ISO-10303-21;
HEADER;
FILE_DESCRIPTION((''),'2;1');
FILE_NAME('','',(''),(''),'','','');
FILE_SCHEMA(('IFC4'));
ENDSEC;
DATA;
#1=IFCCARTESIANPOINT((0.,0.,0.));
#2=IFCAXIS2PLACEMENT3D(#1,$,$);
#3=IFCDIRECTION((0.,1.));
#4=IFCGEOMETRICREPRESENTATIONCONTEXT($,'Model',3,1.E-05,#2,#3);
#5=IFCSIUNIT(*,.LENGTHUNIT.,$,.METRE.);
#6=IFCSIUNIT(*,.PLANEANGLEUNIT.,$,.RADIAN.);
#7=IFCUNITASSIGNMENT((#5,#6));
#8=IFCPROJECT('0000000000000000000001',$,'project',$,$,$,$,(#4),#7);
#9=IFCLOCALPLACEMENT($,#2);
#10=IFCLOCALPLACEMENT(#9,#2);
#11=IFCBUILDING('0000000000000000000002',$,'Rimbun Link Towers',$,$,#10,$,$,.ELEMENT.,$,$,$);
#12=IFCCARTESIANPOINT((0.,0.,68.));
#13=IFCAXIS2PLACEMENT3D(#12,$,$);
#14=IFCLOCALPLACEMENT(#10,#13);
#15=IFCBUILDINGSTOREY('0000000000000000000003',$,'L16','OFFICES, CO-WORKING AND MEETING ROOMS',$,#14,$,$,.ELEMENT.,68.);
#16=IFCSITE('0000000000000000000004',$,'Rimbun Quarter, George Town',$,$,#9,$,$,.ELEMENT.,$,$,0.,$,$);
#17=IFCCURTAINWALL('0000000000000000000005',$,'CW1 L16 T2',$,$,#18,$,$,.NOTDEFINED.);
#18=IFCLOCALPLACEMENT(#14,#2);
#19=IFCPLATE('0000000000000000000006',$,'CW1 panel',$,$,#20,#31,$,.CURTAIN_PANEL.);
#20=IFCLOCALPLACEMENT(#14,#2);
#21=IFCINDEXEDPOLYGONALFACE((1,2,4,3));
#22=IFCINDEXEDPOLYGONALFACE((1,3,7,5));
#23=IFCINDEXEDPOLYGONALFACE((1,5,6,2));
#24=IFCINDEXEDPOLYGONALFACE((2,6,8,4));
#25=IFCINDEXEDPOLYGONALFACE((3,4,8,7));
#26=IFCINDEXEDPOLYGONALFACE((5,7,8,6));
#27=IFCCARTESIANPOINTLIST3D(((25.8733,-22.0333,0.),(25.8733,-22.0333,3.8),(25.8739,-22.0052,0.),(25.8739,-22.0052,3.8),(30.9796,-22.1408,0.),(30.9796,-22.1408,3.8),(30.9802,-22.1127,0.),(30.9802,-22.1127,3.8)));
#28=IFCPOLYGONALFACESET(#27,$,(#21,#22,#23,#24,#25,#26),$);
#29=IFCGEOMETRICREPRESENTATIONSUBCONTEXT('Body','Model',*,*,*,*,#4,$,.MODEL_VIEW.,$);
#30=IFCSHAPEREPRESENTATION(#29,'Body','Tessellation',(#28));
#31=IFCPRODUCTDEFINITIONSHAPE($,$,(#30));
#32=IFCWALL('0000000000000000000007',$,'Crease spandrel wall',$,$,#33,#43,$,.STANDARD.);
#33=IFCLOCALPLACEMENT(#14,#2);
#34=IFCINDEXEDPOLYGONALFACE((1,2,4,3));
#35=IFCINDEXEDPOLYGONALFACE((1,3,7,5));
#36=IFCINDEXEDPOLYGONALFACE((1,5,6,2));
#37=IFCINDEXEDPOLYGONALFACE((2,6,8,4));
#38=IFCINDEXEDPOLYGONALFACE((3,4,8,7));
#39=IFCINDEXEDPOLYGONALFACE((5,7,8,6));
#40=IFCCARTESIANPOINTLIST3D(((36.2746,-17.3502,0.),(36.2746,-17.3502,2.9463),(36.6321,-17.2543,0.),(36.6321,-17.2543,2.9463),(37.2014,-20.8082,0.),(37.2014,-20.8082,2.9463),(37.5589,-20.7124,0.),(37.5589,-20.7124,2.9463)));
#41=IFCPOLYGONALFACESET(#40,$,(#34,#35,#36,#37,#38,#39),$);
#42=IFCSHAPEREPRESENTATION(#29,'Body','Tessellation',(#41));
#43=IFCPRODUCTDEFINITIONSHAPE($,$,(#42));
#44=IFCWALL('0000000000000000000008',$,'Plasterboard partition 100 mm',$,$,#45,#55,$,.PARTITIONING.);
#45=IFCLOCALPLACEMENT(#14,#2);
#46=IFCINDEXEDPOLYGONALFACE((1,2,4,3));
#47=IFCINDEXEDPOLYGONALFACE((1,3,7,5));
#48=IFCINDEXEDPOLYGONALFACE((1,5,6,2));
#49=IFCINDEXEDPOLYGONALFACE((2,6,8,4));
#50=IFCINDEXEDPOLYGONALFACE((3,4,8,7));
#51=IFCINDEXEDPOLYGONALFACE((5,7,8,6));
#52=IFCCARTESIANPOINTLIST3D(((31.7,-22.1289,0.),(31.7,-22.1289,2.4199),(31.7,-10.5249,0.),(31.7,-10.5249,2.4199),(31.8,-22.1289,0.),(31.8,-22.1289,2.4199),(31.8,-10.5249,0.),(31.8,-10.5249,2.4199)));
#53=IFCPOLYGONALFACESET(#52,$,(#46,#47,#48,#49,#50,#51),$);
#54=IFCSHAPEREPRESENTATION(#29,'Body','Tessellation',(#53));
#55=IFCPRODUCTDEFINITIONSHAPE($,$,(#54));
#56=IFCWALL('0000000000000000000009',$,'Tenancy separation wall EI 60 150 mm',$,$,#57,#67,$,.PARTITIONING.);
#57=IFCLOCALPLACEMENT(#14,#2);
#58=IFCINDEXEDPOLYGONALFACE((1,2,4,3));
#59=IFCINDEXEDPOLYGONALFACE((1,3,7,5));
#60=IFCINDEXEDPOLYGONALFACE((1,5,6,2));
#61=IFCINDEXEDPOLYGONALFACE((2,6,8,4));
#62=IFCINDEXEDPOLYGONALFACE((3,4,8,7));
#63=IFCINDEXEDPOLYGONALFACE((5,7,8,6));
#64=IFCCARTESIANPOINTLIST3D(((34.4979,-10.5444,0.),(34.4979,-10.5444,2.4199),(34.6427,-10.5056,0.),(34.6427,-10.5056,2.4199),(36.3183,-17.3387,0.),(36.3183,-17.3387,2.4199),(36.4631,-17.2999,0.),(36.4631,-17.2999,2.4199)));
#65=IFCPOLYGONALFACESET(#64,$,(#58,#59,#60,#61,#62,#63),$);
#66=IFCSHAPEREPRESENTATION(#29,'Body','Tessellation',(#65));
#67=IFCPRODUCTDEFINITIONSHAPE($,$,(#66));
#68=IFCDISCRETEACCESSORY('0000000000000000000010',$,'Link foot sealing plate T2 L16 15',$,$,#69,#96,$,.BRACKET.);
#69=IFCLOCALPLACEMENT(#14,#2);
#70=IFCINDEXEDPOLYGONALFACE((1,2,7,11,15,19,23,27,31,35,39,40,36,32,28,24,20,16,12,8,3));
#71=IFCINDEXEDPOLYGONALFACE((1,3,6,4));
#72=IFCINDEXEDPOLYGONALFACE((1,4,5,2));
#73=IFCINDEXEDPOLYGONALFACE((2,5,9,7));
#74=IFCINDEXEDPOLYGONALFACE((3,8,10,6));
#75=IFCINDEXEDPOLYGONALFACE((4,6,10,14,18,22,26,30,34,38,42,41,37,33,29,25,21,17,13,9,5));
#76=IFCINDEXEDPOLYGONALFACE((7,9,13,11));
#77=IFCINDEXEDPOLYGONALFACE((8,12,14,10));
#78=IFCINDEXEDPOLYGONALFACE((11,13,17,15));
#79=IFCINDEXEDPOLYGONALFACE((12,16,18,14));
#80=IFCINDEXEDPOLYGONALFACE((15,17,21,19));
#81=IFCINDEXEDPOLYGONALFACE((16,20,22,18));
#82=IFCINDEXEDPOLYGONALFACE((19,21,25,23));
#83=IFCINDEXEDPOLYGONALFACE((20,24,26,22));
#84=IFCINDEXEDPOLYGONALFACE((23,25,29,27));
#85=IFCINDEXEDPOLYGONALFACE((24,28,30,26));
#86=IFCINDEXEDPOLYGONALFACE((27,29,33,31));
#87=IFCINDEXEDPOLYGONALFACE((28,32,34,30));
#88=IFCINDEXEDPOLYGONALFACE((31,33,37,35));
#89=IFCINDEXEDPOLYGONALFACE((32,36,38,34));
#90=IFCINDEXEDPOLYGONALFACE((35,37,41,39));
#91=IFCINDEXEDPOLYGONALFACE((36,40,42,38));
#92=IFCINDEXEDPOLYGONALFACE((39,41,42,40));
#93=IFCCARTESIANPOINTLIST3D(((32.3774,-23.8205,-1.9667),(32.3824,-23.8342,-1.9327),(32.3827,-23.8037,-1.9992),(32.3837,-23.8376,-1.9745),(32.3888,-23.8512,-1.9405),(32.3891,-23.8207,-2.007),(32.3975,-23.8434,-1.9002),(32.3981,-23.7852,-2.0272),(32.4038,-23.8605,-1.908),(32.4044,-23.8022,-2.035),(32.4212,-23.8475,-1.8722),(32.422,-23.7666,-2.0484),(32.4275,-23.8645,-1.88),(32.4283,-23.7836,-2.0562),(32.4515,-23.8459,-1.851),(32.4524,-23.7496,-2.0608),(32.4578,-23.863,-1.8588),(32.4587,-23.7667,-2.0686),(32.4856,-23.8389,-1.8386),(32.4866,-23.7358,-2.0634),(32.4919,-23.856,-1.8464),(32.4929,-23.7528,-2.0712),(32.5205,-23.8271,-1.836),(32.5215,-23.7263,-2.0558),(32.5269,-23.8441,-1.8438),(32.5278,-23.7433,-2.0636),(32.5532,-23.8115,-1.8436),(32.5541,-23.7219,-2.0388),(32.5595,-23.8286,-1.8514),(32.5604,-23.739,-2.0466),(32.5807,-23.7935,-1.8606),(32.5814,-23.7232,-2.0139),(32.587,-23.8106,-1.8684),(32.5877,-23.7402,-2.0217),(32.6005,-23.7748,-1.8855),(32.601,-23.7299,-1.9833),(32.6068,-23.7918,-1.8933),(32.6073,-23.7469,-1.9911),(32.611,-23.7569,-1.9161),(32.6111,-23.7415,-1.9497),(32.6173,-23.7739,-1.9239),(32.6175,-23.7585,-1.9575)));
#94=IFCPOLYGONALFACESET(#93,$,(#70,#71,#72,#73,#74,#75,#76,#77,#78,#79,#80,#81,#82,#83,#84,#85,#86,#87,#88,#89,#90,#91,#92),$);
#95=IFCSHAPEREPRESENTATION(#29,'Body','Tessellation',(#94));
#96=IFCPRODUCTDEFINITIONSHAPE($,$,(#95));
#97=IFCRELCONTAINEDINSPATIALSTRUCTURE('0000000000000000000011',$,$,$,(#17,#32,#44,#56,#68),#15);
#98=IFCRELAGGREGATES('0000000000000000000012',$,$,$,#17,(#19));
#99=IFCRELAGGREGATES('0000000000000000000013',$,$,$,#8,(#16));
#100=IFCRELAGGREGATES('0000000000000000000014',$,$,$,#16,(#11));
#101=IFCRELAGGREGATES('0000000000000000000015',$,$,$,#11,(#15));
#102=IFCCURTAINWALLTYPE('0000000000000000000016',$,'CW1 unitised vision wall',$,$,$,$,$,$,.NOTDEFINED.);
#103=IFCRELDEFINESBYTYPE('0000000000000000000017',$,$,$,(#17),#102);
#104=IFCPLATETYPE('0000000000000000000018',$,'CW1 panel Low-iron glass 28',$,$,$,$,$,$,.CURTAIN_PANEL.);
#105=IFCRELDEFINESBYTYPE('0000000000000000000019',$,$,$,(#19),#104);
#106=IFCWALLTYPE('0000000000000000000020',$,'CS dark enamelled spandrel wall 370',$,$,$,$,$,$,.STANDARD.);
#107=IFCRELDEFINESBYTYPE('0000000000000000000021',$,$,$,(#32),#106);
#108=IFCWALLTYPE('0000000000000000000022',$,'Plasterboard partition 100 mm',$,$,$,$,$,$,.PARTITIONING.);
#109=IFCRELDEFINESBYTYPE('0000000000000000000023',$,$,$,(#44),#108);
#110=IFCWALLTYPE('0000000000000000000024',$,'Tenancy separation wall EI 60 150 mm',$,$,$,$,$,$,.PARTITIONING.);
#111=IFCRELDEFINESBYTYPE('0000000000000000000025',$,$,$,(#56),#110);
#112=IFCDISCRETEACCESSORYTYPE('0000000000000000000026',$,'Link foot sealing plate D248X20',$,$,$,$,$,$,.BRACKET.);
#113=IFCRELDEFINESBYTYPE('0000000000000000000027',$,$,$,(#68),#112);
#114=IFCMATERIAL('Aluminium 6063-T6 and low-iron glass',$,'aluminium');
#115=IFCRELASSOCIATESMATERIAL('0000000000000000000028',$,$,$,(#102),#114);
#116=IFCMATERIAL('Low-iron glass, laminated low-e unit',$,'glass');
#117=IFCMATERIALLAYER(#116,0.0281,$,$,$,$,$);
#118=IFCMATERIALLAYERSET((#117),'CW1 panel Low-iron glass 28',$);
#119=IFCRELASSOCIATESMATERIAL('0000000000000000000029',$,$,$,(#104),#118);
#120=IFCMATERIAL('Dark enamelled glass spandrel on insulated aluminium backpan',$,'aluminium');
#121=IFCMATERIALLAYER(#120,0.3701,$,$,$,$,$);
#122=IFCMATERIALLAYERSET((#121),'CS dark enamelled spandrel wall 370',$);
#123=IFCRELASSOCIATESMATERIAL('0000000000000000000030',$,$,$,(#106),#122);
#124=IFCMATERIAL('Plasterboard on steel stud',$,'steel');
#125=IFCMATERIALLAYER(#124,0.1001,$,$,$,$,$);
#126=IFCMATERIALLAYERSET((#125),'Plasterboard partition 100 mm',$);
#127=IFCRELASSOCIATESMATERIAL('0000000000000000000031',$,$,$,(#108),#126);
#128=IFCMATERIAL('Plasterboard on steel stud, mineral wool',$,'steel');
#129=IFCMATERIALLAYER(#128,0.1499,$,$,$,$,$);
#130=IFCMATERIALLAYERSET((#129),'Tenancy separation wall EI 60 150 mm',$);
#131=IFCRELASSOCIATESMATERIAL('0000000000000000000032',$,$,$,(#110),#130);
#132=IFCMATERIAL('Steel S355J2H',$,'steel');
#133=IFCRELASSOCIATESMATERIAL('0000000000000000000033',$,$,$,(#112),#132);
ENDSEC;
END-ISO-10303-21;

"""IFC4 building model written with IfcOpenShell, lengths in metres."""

from ifc_helpers import new_model, si_unit, direction, frame, frame_2d, origin, origin_2d, place, context, subcontext, project, spatial, rectangle, circle, extrude, material, layer, layer_set, material_profile, profile_set, type_object, element, aggregate, save


model = new_model("IFC4")

# Units and contexts
model_context = context("Model", 3, precision=1e-05, world=origin(), true_north=direction((0.0, 1.0)))
body_context = subcontext(model_context, "Body", "Model", "MODEL_VIEW")
ifc_project = project(units=[si_unit("LENGTHUNIT", "METRE"), si_unit("PLANEANGLEUNIT", "RADIAN")], contexts=[model_context])

# Site, building, storey
site_placement = place(None, origin())
site = spatial("IfcSite", under=ifc_project, at=site_placement, Name="Rimbun Quarter, George Town", CompositionType="ELEMENT", RefElevation=0.0)
building_placement = place(site_placement, origin())
building = spatial("IfcBuilding", under=site, at=building_placement, Name="Rimbun Link Towers", CompositionType="ELEMENT")
storey_placement = place(building_placement, frame((0.0, 0.0, 68.0)))
storey = spatial("IfcBuildingStorey", under=building, at=storey_placement, Name="L16", Description="OFFICES, CO-WORKING AND MEETING ROOMS", CompositionType="ELEMENT", Elevation=68.0)

# Curtain wall
ifc_material_1 = material(Name="Aluminium 6063-T6 and low-iron glass", Category="aluminium")
curtain_wall_type = type_object("IfcCurtainWallType", Name="CW1 unitised vision wall", PredefinedType="NOTDEFINED", material=ifc_material_1)
curtain_wall_placement = place(storey_placement, origin())
curtain_wall = element("IfcCurtainWall", 1, at=curtain_wall_placement, inside=storey, type_object=curtain_wall_type, Name="CW1 L16 T2", PredefinedType="NOTDEFINED")

# Plate
ifc_material_2 = material(Name="Low-iron glass, laminated low-e unit", Category="glass")
ifc_layer_1 = layer(ifc_material_2, 0.0281)
ifc_layer_set_1 = layer_set([ifc_layer_1], Name="CW1 panel Low-iron glass 28")
plate_type = type_object("IfcPlateType", Name="CW1 panel Low-iron glass 28", PredefinedType="CURTAIN_PANEL", material=ifc_layer_set_1)
plate_placement = place(storey_placement, frame((28.4268, -22.073, 0.0), z_axis=(0.0, 0.0, 1.0), x_axis=(-0.999778, 0.02106, 0.0)))
plate = element("IfcPlate", 2, at=plate_placement, type_object=plate_type, Name="CW1 panel", PredefinedType="CURTAIN_PANEL", context=body_context, shape_type="SweptSolid", body=[
    extrude(rectangle(XDim=5.1074, YDim=0.0281, at=origin_2d()), origin(), (0.0, 0.0, 1.0), 3.8),
])
aggregate(curtain_wall, [plate])

# Walls
ifc_material_3 = material(Name="Dark enamelled glass spandrel on insulated aluminium backpan", Category="aluminium")
ifc_layer_2 = layer(ifc_material_3, 0.3701)
ifc_layer_set_2 = layer_set([ifc_layer_2], Name="CS dark enamelled spandrel wall 370")
wall_type_1 = type_object("IfcWallType", Name="CS dark enamelled spandrel wall 370", PredefinedType="STANDARD", material=ifc_layer_set_2)
wall_1_placement = place(storey_placement, frame((36.4534, -17.3022, 0.0), z_axis=(0.0, 0.0, 1.0), x_axis=(0.258868, -0.965913, 0.0)))
element("IfcWall", 3, at=wall_1_placement, inside=storey, type_object=wall_type_1, Name="Crease spandrel wall", PredefinedType="STANDARD", context=body_context, shape_type="SweptSolid", body=[
    extrude(rectangle(XDim=3.5801, YDim=0.3701, at=frame_2d((1.79, 0.0))), origin(), (0.0, 0.0, 1.0), 2.9463),
])
ifc_material_4 = material(Name="Plasterboard on steel stud", Category="steel")
ifc_layer_3 = layer(ifc_material_4, 0.1001)
ifc_layer_set_3 = layer_set([ifc_layer_3], Name="Plasterboard partition 100 mm")
wall_type_2 = type_object("IfcWallType", Name="Plasterboard partition 100 mm", PredefinedType="PARTITIONING", material=ifc_layer_set_3)
wall_2_placement = place(storey_placement, frame((31.75, -22.1289, 0.0), z_axis=(0.0, 0.0, 1.0), x_axis=(0.0, 1.0, 0.0)))
element("IfcWall", 4, at=wall_2_placement, inside=storey, type_object=wall_type_2, Name="Plasterboard partition 100 mm", PredefinedType="PARTITIONING", context=body_context, shape_type="SweptSolid", body=[
    extrude(rectangle(XDim=11.604, YDim=0.1001, at=frame_2d((5.802, 0.0))), origin(), (0.0, 0.0, 1.0), 2.4199),
])
ifc_material_5 = material(Name="Plasterboard on steel stud, mineral wool", Category="steel")
ifc_layer_4 = layer(ifc_material_5, 0.1499)
ifc_layer_set_4 = layer_set([ifc_layer_4], Name="Tenancy separation wall EI 60 150 mm")
wall_type_3 = type_object("IfcWallType", Name="Tenancy separation wall EI 60 150 mm", PredefinedType="PARTITIONING", material=ifc_layer_set_4)
wall_3_placement = place(storey_placement, frame((34.5703, -10.5249, 0.0), z_axis=(0.0, 0.0, 1.0), x_axis=(0.258794, -0.965932, 0.0)))
element("IfcWall", 5, at=wall_3_placement, inside=storey, type_object=wall_type_3, Name="Tenancy separation wall EI 60 150 mm", PredefinedType="PARTITIONING", context=body_context, shape_type="SweptSolid", body=[
    extrude(rectangle(XDim=7.0339, YDim=0.1499, at=frame_2d((3.5171, 0.0))), origin(), (0.0, 0.0, 1.0), 2.4199),
])

# Discrete accessory
ifc_material_6 = material(Name="Steel S355J2H", Category="steel")
ifc_material_profile_1 = material_profile(ifc_material_6, circle(Radius=0.124, at=origin_2d()), Name="PL D248")
ifc_profile_set_1 = profile_set([ifc_material_profile_1], Name="Steel S355J2H")
discrete_accessory_type = type_object("IfcDiscreteAccessoryType", Name="Link foot sealing plate D248X20", PredefinedType="BRACKET", material=ifc_profile_set_1)
discrete_accessory_placement = place(storey_placement, frame((32.4949, -23.7847, -1.9497), z_axis=(0.320038, -0.86164, -0.393893), x_axis=(0.937425, 0.348187, 0.0)))
element("IfcDiscreteAccessory", 6, at=discrete_accessory_placement, inside=storey, type_object=discrete_accessory_type, Name="Link foot sealing plate T2 L16 15", PredefinedType="BRACKET", context=body_context, shape_type="SweptSolid", body=[
    extrude(circle(Radius=0.124, at=origin_2d()), origin(), (0.0, 0.0, 1.0), 0.0198),
])

save(model, "model.ifc")
